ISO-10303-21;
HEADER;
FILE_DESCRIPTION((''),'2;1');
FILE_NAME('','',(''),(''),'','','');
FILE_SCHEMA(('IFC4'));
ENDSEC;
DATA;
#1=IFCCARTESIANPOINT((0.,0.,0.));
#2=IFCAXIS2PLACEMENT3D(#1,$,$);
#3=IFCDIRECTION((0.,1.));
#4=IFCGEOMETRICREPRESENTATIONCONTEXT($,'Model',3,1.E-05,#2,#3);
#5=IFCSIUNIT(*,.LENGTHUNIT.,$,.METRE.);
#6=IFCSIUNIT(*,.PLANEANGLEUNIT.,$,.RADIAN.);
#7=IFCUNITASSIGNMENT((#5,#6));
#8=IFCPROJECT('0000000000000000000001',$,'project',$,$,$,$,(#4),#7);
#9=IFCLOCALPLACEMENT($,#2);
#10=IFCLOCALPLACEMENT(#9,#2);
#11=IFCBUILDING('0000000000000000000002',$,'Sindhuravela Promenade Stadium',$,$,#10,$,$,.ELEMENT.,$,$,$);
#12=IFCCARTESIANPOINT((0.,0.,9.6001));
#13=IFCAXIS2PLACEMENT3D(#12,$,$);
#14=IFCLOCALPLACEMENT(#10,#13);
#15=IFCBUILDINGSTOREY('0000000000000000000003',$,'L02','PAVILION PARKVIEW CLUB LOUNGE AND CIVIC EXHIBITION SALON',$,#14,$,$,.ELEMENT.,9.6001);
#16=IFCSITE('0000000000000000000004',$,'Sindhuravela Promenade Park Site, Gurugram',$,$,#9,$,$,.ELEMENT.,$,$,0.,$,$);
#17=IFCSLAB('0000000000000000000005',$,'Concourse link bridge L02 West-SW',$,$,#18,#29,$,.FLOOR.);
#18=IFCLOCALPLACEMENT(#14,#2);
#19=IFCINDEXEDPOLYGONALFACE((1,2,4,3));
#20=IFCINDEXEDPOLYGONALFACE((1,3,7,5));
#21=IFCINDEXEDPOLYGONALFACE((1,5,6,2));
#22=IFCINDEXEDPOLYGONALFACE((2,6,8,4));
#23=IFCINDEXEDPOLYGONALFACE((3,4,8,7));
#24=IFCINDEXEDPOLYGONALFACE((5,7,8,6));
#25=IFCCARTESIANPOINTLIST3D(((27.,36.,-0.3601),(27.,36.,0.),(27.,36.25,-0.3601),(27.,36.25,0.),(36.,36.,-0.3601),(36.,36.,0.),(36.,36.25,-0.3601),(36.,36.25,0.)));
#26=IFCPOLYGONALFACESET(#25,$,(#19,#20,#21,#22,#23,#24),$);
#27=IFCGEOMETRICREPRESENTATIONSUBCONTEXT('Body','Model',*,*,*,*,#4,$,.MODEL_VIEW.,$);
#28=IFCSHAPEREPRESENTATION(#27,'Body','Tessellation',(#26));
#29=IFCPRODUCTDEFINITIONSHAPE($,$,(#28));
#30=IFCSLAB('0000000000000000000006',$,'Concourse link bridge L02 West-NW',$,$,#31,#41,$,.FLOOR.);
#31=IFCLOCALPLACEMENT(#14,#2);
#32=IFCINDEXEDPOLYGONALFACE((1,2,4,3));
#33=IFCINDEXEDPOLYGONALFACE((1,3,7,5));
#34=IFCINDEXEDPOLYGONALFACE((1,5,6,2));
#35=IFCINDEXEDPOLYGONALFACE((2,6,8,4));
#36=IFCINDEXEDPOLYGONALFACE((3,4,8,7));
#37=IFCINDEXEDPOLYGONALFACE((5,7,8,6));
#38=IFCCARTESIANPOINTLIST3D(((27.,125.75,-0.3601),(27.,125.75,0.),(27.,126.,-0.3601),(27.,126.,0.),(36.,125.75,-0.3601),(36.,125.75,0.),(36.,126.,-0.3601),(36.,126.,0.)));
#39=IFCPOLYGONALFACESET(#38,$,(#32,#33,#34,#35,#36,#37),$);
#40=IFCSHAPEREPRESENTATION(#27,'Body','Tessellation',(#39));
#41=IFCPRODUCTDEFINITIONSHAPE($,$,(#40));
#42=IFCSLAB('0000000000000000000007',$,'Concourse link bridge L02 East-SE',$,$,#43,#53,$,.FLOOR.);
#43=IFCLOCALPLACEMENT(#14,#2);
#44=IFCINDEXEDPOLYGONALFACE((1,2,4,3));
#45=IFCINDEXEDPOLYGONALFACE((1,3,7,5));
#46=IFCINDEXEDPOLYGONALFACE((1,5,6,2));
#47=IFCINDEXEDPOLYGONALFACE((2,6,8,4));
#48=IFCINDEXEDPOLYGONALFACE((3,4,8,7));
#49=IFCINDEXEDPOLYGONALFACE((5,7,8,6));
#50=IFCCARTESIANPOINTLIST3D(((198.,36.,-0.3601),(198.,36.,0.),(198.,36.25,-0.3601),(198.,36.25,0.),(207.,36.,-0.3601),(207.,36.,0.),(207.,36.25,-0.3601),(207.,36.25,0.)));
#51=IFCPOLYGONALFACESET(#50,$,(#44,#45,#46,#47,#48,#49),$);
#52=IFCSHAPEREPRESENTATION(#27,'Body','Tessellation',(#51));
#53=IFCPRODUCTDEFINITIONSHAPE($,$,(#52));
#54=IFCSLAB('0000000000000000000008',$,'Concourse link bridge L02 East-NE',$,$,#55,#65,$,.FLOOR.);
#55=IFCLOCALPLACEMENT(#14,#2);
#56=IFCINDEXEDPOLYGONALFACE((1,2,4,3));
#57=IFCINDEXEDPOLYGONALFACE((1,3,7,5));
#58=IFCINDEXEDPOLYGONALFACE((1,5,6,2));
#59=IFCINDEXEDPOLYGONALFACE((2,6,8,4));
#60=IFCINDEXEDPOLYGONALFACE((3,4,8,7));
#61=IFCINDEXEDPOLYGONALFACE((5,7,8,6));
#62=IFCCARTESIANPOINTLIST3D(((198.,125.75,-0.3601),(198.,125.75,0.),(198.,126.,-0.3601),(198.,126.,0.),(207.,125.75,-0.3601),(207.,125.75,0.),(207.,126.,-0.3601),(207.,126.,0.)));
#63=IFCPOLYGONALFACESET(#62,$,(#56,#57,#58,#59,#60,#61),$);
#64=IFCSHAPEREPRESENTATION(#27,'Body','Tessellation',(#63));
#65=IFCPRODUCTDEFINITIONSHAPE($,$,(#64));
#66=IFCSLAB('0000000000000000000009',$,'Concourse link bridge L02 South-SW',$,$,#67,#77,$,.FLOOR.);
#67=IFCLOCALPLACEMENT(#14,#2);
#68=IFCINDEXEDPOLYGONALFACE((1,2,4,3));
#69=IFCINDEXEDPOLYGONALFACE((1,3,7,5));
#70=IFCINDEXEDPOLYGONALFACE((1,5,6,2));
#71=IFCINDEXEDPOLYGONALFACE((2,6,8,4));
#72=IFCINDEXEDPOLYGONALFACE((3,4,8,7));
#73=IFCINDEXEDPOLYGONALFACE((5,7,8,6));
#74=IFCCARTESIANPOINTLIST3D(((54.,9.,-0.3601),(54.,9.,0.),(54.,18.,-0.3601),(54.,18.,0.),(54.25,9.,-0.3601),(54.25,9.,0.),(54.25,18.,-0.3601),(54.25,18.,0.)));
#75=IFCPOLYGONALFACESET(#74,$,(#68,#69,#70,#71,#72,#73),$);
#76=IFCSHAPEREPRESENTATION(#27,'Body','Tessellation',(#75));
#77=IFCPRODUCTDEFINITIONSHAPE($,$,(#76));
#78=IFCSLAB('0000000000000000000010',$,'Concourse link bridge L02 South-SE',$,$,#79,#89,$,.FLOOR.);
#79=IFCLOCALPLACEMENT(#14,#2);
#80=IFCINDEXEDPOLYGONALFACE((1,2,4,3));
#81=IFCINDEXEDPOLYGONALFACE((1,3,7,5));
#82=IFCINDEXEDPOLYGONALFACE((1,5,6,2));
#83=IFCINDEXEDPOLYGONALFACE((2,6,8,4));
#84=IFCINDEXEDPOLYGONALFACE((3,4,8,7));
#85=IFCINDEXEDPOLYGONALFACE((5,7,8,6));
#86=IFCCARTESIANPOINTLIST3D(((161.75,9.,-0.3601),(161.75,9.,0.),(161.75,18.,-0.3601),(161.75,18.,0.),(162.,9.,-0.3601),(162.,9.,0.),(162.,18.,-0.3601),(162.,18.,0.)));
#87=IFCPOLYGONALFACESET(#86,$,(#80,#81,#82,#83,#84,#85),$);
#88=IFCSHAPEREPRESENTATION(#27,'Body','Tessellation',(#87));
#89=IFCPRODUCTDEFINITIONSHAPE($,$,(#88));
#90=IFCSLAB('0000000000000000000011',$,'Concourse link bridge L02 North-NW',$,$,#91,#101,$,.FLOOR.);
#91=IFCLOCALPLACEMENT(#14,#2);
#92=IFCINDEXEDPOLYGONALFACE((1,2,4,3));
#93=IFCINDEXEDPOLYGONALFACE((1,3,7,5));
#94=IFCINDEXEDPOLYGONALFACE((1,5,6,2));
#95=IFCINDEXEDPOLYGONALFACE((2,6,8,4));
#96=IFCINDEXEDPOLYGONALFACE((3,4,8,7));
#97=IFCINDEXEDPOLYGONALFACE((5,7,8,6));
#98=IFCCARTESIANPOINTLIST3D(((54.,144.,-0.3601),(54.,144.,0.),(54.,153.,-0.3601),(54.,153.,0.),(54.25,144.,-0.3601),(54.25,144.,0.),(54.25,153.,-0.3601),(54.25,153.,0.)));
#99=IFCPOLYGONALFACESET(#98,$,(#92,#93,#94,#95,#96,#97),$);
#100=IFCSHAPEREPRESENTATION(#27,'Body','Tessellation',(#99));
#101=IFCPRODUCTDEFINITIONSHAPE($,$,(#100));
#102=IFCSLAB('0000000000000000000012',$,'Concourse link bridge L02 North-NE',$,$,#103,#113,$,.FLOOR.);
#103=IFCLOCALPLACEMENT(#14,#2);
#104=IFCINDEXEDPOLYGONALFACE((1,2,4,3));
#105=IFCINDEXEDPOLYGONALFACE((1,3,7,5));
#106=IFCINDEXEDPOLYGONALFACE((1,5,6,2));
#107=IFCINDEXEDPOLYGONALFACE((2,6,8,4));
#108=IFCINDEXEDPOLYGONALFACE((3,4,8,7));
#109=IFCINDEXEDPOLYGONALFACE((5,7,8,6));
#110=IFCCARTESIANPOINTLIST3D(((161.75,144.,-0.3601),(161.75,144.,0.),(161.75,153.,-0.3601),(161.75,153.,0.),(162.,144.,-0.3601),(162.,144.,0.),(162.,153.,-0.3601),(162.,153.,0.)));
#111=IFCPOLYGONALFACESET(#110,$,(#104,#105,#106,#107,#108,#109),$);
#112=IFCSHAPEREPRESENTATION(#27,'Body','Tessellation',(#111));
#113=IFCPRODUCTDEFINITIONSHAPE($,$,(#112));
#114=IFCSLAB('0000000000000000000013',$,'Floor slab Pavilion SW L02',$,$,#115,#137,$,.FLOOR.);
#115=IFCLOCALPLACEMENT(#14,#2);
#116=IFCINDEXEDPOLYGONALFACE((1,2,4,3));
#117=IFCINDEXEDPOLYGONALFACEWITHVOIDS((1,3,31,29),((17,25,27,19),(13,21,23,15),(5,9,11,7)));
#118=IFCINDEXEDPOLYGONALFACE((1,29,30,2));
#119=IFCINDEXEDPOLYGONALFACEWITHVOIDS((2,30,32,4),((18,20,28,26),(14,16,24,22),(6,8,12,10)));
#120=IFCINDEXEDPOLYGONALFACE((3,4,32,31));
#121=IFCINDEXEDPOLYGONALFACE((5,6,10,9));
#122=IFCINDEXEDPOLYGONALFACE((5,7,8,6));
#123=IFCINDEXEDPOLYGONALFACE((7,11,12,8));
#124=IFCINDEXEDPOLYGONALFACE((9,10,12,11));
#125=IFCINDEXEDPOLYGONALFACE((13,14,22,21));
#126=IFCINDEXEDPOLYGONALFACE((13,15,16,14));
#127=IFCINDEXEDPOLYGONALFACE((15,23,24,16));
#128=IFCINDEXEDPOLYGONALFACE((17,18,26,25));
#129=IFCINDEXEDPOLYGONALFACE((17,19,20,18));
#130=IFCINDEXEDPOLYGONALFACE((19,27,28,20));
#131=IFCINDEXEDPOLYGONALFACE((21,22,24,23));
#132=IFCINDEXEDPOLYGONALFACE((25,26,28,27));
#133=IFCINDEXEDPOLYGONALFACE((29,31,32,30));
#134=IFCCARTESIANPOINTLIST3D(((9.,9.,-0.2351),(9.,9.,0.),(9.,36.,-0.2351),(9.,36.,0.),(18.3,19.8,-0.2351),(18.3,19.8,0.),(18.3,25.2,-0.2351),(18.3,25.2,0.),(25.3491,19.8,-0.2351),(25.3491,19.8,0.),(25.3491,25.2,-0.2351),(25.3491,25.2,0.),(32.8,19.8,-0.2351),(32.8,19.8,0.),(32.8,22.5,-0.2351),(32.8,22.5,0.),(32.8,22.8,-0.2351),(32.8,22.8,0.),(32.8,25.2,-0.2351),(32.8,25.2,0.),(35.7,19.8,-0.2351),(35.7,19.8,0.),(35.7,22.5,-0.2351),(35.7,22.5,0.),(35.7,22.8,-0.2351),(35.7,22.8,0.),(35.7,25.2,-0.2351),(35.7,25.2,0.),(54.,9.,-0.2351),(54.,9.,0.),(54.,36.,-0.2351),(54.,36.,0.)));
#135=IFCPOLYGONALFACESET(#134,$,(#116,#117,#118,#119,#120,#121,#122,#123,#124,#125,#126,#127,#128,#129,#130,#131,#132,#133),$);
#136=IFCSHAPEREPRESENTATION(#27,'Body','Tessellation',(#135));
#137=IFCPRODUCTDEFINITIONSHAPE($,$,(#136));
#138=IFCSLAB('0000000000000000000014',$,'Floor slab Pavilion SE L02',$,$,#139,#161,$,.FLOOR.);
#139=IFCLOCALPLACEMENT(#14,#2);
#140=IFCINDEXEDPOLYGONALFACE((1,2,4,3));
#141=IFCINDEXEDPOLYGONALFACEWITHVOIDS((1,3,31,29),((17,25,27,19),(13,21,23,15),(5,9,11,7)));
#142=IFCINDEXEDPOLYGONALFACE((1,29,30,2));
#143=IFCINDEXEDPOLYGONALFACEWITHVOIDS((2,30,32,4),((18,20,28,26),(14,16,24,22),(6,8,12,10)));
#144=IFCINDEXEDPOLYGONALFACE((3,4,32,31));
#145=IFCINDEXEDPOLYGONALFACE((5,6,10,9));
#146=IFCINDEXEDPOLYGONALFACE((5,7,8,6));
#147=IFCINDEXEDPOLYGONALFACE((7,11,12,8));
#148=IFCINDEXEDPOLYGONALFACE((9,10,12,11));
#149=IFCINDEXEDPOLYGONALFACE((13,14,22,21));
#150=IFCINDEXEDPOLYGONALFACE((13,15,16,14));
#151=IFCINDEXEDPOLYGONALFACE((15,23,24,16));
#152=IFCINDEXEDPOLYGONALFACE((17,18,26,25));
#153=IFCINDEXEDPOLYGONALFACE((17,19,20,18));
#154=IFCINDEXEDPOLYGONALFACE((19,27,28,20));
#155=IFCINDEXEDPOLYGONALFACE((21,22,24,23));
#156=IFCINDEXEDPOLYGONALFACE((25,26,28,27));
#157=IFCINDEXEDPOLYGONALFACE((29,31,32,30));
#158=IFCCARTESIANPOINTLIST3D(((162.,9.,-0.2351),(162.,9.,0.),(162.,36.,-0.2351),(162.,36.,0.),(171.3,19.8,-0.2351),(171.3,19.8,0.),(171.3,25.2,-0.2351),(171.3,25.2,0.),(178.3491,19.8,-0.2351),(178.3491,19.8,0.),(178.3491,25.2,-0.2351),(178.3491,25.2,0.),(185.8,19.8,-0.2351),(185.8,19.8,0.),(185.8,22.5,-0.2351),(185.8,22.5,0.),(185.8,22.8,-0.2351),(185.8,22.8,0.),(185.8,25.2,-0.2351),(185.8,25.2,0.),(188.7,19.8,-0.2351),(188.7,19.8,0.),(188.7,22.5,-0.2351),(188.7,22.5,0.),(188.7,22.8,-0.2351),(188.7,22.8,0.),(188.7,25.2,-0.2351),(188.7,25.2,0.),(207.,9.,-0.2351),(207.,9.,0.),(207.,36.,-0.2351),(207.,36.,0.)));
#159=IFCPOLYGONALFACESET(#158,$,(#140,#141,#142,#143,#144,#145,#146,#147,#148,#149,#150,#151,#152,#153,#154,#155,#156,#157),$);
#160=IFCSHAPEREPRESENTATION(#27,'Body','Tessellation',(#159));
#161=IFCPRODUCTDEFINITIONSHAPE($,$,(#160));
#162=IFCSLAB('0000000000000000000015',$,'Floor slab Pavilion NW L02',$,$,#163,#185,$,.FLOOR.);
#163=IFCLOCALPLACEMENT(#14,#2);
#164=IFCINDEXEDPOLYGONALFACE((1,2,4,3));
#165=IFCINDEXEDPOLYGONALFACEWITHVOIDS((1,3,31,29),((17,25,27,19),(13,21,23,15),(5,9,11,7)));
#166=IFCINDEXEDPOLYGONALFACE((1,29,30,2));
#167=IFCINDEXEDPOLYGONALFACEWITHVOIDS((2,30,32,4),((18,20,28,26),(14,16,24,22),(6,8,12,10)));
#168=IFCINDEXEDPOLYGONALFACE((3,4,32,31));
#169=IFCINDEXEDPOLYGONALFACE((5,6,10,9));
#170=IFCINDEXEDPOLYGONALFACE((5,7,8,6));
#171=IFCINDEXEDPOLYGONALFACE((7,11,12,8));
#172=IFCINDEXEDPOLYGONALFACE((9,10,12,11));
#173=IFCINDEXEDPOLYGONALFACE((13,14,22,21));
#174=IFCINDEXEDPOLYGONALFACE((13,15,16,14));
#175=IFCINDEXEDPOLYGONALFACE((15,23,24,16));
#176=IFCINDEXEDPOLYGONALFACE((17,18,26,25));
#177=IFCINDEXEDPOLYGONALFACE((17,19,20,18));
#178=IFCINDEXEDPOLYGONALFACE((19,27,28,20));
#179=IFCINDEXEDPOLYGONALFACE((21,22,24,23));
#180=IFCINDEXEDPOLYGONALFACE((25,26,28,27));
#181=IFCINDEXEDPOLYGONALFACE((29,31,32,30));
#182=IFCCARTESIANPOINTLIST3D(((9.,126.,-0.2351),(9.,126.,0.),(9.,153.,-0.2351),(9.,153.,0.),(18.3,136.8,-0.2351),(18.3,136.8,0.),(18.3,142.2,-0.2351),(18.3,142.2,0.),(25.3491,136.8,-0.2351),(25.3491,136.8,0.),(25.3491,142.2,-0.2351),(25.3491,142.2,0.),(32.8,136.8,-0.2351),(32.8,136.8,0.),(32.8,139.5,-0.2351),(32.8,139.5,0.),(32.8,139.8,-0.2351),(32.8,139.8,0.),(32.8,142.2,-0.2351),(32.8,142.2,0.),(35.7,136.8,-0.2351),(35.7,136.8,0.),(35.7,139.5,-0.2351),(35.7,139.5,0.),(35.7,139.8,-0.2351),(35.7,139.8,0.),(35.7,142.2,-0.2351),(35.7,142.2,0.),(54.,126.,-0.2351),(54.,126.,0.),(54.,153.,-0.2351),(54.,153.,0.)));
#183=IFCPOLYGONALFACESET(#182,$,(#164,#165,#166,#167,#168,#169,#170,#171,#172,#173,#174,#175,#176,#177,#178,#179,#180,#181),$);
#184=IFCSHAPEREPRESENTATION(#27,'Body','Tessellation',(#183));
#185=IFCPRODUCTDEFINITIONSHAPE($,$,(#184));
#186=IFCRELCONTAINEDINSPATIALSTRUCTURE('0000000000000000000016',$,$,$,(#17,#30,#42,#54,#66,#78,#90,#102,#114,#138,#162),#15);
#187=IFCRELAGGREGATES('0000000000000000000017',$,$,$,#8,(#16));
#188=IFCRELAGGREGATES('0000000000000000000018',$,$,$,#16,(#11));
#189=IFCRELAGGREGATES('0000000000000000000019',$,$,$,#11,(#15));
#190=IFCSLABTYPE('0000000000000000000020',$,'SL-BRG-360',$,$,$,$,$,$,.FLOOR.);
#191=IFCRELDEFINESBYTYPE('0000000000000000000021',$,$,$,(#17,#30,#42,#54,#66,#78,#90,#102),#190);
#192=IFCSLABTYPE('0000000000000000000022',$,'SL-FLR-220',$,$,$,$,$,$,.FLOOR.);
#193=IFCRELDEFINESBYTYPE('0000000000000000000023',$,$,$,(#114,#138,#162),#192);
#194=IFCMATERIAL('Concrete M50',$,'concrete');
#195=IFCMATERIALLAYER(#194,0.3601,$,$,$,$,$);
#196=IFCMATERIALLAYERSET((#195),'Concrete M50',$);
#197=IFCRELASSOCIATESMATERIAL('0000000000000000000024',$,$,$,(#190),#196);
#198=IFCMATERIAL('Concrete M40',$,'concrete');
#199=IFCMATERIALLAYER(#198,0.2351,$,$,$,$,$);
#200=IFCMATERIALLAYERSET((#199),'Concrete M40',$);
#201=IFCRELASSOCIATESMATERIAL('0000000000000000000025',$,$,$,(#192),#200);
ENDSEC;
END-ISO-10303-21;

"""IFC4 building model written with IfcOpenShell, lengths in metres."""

from ifc_helpers import new_model, si_unit, direction, frame, origin, place, context, subcontext, project, spatial, polyline, outline, extrude, material, layer, layer_set, type_object, element, save


model = new_model("IFC4")

# Units and contexts
model_context = context("Model", 3, precision=1e-05, world=origin(), true_north=direction((0.0, 1.0)))
body_context = subcontext(model_context, "Body", "Model", "MODEL_VIEW")
ifc_project = project(units=[si_unit("LENGTHUNIT", "METRE"), si_unit("PLANEANGLEUNIT", "RADIAN")], contexts=[model_context])

# Site, building, storey
site_placement = place(None, origin())
site = spatial("IfcSite", under=ifc_project, at=site_placement, Name="Sindhuravela Promenade Park Site, Gurugram", CompositionType="ELEMENT", RefElevation=0.0)
building_placement = place(site_placement, origin())
building = spatial("IfcBuilding", under=site, at=building_placement, Name="Sindhuravela Promenade Stadium", CompositionType="ELEMENT")
storey_placement = place(building_placement, frame((0.0, 0.0, 9.6001)))
storey = spatial("IfcBuildingStorey", under=building, at=storey_placement, Name="L02", Description="PAVILION PARKVIEW CLUB LOUNGE AND CIVIC EXHIBITION SALON", CompositionType="ELEMENT", Elevation=9.6001)

# Slabs
ifc_material_1 = material(Name="Concrete M50", Category="concrete")
ifc_layer_1 = layer(ifc_material_1, 0.3601)
ifc_layer_set_1 = layer_set([ifc_layer_1], Name="Concrete M50")
slab_type_1 = type_object("IfcSlabType", Name="SL-BRG-360", PredefinedType="FLOOR", material=ifc_layer_set_1)
slab_1_placement = place(storey_placement, frame((0.0, 0.0, -0.3601)))
element("IfcSlab", 1, at=slab_1_placement, inside=storey, type_object=slab_type_1, Name="Concourse link bridge L02 West-SW", PredefinedType="FLOOR", context=body_context, shape_type="SweptSolid", body=[
    extrude(outline(polyline([(27.0, 36.0), (36.0, 36.0), (36.0, 36.25), (27.0, 36.25), (27.0, 36.0)])), origin(), (0.0, 0.0, 1.0), 0.3601),
])
slab_2_placement = place(storey_placement, frame((0.0, 0.0, -0.3601)))
element("IfcSlab", 2, at=slab_2_placement, inside=storey, type_object=slab_type_1, Name="Concourse link bridge L02 West-NW", PredefinedType="FLOOR", context=body_context, shape_type="SweptSolid", body=[
    extrude(outline(polyline([(27.0, 125.75), (36.0, 125.75), (36.0, 126.0), (27.0, 126.0), (27.0, 125.75)])), origin(), (0.0, 0.0, 1.0), 0.3601),
])
slab_3_placement = place(storey_placement, frame((0.0, 0.0, -0.3601)))
element("IfcSlab", 3, at=slab_3_placement, inside=storey, type_object=slab_type_1, Name="Concourse link bridge L02 East-SE", PredefinedType="FLOOR", context=body_context, shape_type="SweptSolid", body=[
    extrude(outline(polyline([(198.0, 36.0), (207.0, 36.0), (207.0, 36.25), (198.0, 36.25), (198.0, 36.0)])), origin(), (0.0, 0.0, 1.0), 0.3601),
])
slab_4_placement = place(storey_placement, frame((0.0, 0.0, -0.3601)))
element("IfcSlab", 4, at=slab_4_placement, inside=storey, type_object=slab_type_1, Name="Concourse link bridge L02 East-NE", PredefinedType="FLOOR", context=body_context, shape_type="SweptSolid", body=[
    extrude(outline(polyline([(198.0, 125.75), (207.0, 125.75), (207.0, 126.0), (198.0, 126.0), (198.0, 125.75)])), origin(), (0.0, 0.0, 1.0), 0.3601),
])
slab_5_placement = place(storey_placement, frame((0.0, 0.0, -0.3601)))
element("IfcSlab", 5, at=slab_5_placement, inside=storey, type_object=slab_type_1, Name="Concourse link bridge L02 South-SW", PredefinedType="FLOOR", context=body_context, shape_type="SweptSolid", body=[
    extrude(outline(polyline([(54.0, 9.0), (54.25, 9.0), (54.25, 18.0), (54.0, 18.0), (54.0, 9.0)])), origin(), (0.0, 0.0, 1.0), 0.3601),
])
slab_6_placement = place(storey_placement, frame((0.0, 0.0, -0.3601)))
element("IfcSlab", 6, at=slab_6_placement, inside=storey, type_object=slab_type_1, Name="Concourse link bridge L02 South-SE", PredefinedType="FLOOR", context=body_context, shape_type="SweptSolid", body=[
    extrude(outline(polyline([(161.75, 9.0), (162.0, 9.0), (162.0, 18.0), (161.75, 18.0), (161.75, 9.0)])), origin(), (0.0, 0.0, 1.0), 0.3601),
])
slab_7_placement = place(storey_placement, frame((0.0, 0.0, -0.3601)))
element("IfcSlab", 7, at=slab_7_placement, inside=storey, type_object=slab_type_1, Name="Concourse link bridge L02 North-NW", PredefinedType="FLOOR", context=body_context, shape_type="SweptSolid", body=[
    extrude(outline(polyline([(54.0, 144.0), (54.25, 144.0), (54.25, 153.0), (54.0, 153.0), (54.0, 144.0)])), origin(), (0.0, 0.0, 1.0), 0.3601),
])
slab_8_placement = place(storey_placement, frame((0.0, 0.0, -0.3601)))
element("IfcSlab", 8, at=slab_8_placement, inside=storey, type_object=slab_type_1, Name="Concourse link bridge L02 North-NE", PredefinedType="FLOOR", context=body_context, shape_type="SweptSolid", body=[
    extrude(outline(polyline([(161.75, 144.0), (162.0, 144.0), (162.0, 153.0), (161.75, 153.0), (161.75, 144.0)])), origin(), (0.0, 0.0, 1.0), 0.3601),
])
ifc_material_2 = material(Name="Concrete M40", Category="concrete")
ifc_layer_2 = layer(ifc_material_2, 0.2351)
ifc_layer_set_2 = layer_set([ifc_layer_2], Name="Concrete M40")
slab_type_2 = type_object("IfcSlabType", Name="SL-FLR-220", PredefinedType="FLOOR", material=ifc_layer_set_2)
slab_9_placement = place(storey_placement, frame((0.0, 0.0, -0.2351)))
element("IfcSlab", 9, at=slab_9_placement, inside=storey, type_object=slab_type_2, Name="Floor slab Pavilion SW L02", PredefinedType="FLOOR", context=body_context, shape_type="SweptSolid", body=[
    extrude(outline(polyline([(9.0, 9.0), (54.0, 9.0), (54.0, 36.0), (9.0, 36.0), (9.0, 9.0)]), holes=[polyline([(18.3, 19.8), (25.3491, 19.8), (25.3491, 25.2), (18.3, 25.2), (18.3, 19.8)]), polyline([(32.8, 22.8), (35.7, 22.8), (35.7, 25.2), (32.8, 25.2), (32.8, 22.8)]), polyline([(32.8, 19.8), (35.7, 19.8), (35.7, 22.5), (32.8, 22.5), (32.8, 19.8)])]), origin(), (0.0, 0.0, 1.0), 0.2351),
])
slab_10_placement = place(storey_placement, frame((0.0, 0.0, -0.2351)))
element("IfcSlab", 10, at=slab_10_placement, inside=storey, type_object=slab_type_2, Name="Floor slab Pavilion SE L02", PredefinedType="FLOOR", context=body_context, shape_type="SweptSolid", body=[
    extrude(outline(polyline([(162.0, 9.0), (207.0, 9.0), (207.0, 36.0), (162.0, 36.0), (162.0, 9.0)]), holes=[polyline([(171.3, 19.8), (178.3491, 19.8), (178.3491, 25.2), (171.3, 25.2), (171.3, 19.8)]), polyline([(185.8, 22.8), (188.7, 22.8), (188.7, 25.2), (185.8, 25.2), (185.8, 22.8)]), polyline([(185.8, 19.8), (188.7, 19.8), (188.7, 22.5), (185.8, 22.5), (185.8, 19.8)])]), origin(), (0.0, 0.0, 1.0), 0.2351),
])
slab_11_placement = place(storey_placement, frame((0.0, 0.0, -0.2351)))
element("IfcSlab", 11, at=slab_11_placement, inside=storey, type_object=slab_type_2, Name="Floor slab Pavilion NW L02", PredefinedType="FLOOR", context=body_context, shape_type="SweptSolid", body=[
    extrude(outline(polyline([(9.0, 126.0), (54.0, 126.0), (54.0, 153.0), (9.0, 153.0), (9.0, 126.0)]), holes=[polyline([(18.3, 136.8), (25.3491, 136.8), (25.3491, 142.2), (18.3, 142.2), (18.3, 136.8)]), polyline([(32.8, 139.8), (35.7, 139.8), (35.7, 142.2), (32.8, 142.2), (32.8, 139.8)]), polyline([(32.8, 136.8), (35.7, 136.8), (35.7, 139.5), (32.8, 139.5), (32.8, 136.8)])]), origin(), (0.0, 0.0, 1.0), 0.2351),
])

save(model, "model.ifc")
